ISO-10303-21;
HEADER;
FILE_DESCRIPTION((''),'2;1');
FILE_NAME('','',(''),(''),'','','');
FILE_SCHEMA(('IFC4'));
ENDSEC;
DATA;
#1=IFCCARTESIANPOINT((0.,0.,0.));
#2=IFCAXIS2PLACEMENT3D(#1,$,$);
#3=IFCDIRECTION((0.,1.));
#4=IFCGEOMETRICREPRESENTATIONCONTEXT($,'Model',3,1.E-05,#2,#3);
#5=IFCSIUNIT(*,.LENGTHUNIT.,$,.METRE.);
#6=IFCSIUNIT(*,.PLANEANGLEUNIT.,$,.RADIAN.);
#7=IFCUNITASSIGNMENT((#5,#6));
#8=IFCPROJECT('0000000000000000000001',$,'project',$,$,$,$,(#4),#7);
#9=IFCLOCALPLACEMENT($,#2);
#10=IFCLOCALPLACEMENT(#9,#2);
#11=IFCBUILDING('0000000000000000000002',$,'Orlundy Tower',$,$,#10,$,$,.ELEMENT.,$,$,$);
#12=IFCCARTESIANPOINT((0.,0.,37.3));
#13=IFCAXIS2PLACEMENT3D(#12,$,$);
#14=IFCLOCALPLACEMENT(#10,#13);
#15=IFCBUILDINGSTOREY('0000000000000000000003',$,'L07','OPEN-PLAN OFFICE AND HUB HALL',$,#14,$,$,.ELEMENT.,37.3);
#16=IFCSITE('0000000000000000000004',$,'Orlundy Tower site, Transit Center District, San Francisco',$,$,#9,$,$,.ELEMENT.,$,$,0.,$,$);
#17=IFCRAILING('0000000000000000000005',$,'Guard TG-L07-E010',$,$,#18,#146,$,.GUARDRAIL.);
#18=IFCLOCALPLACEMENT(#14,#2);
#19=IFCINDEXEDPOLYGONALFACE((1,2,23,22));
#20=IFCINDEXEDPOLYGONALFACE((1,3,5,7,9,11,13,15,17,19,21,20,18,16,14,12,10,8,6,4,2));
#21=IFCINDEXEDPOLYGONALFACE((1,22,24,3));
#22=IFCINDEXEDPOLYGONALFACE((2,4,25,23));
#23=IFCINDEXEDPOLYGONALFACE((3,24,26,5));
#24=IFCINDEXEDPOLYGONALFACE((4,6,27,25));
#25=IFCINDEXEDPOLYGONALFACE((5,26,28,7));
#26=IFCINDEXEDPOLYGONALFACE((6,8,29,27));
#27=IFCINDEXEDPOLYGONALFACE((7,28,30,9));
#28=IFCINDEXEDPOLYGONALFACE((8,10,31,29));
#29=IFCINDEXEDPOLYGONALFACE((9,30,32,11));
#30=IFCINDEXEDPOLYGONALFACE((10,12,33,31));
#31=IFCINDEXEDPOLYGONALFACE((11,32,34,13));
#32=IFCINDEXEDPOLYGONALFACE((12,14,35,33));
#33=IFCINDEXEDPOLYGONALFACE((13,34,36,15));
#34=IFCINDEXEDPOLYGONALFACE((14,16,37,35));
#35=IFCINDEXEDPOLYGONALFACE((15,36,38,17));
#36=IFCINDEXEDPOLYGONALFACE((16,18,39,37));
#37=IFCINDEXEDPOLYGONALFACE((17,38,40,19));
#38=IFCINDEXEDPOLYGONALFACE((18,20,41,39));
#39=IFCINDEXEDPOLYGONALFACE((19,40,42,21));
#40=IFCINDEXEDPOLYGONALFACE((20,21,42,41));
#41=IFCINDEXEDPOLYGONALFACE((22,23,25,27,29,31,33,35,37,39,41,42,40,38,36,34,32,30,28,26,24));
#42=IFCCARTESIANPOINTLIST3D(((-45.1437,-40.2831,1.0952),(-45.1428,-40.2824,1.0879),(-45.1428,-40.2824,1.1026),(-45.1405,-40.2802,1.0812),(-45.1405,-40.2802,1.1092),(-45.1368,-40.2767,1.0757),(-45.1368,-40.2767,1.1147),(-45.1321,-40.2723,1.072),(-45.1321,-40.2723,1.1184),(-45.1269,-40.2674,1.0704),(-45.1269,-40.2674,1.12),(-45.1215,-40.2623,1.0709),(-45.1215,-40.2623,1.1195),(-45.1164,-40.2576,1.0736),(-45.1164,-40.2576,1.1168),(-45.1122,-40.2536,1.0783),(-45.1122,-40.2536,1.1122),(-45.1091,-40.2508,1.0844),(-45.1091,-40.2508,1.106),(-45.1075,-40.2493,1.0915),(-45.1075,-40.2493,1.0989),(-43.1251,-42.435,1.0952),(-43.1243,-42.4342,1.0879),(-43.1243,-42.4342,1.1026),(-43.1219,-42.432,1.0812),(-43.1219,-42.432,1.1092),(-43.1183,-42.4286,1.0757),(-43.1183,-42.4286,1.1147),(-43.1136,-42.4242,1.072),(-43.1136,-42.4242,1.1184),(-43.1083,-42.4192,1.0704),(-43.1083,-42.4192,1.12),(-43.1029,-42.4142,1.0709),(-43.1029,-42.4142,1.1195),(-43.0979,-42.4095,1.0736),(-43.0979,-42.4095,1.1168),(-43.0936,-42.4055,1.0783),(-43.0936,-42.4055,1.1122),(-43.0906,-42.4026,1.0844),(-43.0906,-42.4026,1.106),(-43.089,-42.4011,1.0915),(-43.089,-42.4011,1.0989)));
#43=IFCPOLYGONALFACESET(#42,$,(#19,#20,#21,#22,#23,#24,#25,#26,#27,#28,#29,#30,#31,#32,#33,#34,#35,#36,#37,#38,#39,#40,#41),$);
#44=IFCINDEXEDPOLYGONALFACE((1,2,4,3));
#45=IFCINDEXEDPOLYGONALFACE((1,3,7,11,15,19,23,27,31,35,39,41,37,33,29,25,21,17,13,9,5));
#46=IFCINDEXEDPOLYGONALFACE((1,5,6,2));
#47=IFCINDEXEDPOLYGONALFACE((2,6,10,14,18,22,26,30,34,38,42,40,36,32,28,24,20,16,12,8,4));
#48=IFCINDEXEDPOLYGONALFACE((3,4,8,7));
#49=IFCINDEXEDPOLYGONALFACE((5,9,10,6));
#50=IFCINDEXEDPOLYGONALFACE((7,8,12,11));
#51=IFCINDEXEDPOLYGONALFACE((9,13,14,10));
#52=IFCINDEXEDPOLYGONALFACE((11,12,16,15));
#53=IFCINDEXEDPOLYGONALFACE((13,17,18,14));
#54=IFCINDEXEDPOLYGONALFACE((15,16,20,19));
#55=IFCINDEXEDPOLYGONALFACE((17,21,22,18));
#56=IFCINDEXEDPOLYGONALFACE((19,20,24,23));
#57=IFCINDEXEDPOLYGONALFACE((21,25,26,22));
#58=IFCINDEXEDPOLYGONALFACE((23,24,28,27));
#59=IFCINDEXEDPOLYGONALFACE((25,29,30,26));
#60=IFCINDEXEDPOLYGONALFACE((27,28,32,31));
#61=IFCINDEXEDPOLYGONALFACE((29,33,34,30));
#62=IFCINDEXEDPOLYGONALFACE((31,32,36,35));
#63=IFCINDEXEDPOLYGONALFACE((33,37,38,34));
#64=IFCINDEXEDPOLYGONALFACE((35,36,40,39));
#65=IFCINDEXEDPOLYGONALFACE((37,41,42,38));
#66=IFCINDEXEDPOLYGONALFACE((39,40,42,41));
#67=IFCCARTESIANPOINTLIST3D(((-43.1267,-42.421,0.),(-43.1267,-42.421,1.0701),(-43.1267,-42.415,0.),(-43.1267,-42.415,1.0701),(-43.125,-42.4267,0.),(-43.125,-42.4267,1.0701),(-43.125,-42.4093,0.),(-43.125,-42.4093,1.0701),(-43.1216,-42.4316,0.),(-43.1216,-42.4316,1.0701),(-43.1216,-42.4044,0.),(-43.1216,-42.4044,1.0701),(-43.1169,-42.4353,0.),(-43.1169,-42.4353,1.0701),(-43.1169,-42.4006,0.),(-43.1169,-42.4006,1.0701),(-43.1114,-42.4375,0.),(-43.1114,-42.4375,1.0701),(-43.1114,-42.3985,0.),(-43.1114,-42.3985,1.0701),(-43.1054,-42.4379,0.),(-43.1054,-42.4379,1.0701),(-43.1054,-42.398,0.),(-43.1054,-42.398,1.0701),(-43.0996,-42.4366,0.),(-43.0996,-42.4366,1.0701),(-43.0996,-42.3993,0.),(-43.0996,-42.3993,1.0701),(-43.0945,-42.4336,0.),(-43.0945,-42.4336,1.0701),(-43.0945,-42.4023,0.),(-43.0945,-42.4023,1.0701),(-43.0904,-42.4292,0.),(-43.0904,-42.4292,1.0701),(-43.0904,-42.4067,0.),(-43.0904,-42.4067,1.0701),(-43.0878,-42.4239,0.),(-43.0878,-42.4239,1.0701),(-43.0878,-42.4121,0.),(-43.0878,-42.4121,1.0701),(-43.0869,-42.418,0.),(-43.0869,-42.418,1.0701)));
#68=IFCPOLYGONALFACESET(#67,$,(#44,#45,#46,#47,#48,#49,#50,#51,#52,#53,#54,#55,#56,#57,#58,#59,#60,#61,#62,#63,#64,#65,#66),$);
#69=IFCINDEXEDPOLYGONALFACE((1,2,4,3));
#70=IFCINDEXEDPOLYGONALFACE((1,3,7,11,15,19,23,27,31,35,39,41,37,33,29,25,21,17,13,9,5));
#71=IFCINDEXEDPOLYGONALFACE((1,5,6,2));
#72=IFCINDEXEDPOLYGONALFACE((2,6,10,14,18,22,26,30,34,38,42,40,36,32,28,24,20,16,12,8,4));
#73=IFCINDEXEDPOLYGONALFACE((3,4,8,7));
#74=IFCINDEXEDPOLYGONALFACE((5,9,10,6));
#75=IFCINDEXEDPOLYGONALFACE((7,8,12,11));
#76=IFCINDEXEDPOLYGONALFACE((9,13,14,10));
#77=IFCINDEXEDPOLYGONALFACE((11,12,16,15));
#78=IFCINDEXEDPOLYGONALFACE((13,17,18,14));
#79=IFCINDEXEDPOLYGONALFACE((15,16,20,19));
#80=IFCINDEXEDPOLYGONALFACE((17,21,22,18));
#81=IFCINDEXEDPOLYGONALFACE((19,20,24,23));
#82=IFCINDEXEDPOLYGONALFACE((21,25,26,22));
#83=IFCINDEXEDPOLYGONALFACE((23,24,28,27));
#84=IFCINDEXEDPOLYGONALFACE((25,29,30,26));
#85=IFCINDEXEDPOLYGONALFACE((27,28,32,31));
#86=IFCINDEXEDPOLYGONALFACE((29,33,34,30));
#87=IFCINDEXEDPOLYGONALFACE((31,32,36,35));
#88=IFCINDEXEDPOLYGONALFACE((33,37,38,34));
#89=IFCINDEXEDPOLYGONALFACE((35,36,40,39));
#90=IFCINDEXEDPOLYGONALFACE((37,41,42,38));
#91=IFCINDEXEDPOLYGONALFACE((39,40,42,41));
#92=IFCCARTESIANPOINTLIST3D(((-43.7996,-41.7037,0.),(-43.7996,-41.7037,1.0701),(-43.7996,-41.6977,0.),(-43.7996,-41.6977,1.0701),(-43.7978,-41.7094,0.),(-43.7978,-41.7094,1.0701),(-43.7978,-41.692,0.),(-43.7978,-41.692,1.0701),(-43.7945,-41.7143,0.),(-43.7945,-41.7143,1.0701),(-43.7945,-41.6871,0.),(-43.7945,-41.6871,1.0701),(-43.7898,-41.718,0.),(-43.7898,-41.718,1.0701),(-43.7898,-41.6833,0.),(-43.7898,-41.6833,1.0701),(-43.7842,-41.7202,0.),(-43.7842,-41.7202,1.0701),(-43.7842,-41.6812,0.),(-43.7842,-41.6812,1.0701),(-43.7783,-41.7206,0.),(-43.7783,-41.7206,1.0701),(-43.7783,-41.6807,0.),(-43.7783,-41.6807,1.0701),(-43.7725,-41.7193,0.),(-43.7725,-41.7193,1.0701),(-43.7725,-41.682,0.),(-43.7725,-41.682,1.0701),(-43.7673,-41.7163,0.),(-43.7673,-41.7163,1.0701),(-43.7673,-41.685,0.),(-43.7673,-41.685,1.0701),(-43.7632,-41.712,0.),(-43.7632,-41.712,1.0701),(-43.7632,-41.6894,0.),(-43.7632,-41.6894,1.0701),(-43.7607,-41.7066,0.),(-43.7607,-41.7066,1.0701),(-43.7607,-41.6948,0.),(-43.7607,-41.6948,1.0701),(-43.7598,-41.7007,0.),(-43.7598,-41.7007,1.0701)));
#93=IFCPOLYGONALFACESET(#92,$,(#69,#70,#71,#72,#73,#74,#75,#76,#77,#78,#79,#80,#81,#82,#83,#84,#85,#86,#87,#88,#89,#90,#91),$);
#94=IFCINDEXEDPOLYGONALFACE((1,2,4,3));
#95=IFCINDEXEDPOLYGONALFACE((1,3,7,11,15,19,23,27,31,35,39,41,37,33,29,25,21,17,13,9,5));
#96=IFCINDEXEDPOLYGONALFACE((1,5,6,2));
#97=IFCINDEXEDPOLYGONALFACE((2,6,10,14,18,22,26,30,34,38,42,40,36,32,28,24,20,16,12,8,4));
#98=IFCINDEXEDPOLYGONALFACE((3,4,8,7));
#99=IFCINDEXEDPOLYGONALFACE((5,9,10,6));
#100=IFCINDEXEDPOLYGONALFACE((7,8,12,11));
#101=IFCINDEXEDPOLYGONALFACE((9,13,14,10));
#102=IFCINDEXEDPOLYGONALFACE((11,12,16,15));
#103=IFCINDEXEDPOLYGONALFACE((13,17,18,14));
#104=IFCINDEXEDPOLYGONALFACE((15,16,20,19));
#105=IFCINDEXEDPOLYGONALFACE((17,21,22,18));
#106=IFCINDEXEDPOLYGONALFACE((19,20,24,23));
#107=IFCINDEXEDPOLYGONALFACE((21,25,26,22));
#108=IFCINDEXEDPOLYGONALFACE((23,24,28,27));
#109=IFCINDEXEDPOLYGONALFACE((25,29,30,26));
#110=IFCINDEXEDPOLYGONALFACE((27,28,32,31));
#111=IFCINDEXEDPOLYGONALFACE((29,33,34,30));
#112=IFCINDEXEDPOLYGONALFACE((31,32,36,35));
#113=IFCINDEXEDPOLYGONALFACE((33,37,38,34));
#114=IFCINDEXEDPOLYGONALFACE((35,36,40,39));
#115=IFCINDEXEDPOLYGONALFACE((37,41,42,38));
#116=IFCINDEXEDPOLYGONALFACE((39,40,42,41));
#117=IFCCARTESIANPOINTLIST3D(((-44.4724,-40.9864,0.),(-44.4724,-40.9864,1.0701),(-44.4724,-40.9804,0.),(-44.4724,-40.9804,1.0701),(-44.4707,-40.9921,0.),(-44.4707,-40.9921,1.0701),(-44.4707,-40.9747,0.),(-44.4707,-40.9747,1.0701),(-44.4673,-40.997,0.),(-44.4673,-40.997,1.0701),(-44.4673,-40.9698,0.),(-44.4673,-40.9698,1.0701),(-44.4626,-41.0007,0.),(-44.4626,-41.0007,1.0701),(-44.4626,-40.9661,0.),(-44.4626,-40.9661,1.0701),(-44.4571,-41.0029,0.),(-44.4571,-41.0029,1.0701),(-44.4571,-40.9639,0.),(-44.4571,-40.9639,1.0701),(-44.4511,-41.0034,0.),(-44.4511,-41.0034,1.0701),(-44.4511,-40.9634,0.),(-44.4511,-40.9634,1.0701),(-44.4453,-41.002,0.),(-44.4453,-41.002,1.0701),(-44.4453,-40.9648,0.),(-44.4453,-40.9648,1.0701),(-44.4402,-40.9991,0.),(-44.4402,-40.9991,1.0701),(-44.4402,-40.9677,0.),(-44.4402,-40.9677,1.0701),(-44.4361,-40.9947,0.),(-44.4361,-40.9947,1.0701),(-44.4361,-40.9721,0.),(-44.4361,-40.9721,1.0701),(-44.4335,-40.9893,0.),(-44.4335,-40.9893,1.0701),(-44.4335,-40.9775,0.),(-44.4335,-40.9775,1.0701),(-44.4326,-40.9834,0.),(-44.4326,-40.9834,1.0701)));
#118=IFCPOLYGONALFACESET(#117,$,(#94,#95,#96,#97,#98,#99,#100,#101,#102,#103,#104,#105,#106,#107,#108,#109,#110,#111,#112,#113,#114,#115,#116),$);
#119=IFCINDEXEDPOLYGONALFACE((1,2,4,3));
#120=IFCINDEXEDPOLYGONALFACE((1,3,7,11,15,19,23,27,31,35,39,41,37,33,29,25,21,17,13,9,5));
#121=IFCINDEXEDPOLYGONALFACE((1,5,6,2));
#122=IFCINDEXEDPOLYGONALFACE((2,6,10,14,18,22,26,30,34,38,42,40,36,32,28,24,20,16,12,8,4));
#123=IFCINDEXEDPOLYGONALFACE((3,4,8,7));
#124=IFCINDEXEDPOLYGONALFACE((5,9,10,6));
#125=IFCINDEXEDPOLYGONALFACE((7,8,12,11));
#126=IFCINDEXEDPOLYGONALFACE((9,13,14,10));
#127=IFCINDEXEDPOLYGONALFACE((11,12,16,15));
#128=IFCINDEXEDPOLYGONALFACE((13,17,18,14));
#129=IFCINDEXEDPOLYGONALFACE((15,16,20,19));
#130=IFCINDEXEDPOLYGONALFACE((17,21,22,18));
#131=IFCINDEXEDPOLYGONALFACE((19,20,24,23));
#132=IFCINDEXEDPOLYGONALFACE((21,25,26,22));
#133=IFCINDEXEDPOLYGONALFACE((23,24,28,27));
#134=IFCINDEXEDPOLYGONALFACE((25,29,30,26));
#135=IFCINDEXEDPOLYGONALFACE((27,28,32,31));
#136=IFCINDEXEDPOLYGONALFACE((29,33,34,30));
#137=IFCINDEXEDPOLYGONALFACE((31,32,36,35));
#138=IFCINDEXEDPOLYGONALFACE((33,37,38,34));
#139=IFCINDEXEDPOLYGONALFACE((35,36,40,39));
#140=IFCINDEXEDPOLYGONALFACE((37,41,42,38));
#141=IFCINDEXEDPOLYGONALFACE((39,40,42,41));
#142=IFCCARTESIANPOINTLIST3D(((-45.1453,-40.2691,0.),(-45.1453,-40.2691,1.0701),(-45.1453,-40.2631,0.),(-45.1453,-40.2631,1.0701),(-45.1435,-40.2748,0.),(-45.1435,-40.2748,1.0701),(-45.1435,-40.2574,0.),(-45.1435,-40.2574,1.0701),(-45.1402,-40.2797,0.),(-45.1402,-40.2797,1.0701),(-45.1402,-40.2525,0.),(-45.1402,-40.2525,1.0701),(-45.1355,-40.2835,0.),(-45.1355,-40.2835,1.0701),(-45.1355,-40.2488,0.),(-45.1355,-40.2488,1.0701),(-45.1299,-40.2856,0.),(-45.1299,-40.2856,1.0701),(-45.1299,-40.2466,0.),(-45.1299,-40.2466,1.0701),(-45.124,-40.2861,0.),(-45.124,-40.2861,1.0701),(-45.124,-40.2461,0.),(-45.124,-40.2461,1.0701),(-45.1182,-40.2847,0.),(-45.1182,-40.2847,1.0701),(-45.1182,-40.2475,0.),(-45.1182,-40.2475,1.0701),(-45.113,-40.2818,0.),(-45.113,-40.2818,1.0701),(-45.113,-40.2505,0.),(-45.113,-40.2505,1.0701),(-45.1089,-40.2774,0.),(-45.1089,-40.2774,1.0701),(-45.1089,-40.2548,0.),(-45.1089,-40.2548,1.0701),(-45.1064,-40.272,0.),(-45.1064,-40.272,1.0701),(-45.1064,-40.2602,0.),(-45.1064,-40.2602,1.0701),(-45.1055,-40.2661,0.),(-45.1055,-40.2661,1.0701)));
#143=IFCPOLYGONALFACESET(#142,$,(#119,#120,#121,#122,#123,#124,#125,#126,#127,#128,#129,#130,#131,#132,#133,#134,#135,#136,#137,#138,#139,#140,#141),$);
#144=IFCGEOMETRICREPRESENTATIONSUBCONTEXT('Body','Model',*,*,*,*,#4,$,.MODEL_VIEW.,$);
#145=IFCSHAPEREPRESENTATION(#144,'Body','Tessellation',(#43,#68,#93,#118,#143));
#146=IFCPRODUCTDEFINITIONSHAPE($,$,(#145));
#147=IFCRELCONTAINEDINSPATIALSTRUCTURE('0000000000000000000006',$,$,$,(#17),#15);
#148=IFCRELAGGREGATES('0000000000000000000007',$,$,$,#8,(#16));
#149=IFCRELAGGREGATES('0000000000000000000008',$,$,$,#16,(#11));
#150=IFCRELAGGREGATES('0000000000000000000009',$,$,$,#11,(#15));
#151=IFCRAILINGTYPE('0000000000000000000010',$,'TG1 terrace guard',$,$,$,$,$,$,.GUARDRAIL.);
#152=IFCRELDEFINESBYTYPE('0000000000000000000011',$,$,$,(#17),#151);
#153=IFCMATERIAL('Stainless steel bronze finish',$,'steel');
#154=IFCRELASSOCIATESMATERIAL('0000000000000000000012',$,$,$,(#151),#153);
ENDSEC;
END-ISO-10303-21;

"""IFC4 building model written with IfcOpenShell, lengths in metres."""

from ifc_helpers import new_model, si_unit, direction, frame, origin, origin_2d, place, context, subcontext, project, spatial, circle, extrude, material, type_object, element, save


model = new_model("IFC4")

# Units and contexts
model_context = context("Model", 3, precision=1e-05, world=origin(), true_north=direction((0.0, 1.0)))
body_context = subcontext(model_context, "Body", "Model", "MODEL_VIEW")
ifc_project = project(units=[si_unit("LENGTHUNIT", "METRE"), si_unit("PLANEANGLEUNIT", "RADIAN")], contexts=[model_context])

# Site, building, storey
site_placement = place(None, origin())
site = spatial("IfcSite", under=ifc_project, at=site_placement, Name="Orlundy Tower site, Transit Center District, San Francisco", CompositionType="ELEMENT", RefElevation=0.0)
building_placement = place(site_placement, origin())
building = spatial("IfcBuilding", under=site, at=building_placement, Name="Orlundy Tower", CompositionType="ELEMENT")
storey_placement = place(building_placement, frame((0.0, 0.0, 37.3)))
storey = spatial("IfcBuildingStorey", under=building, at=storey_placement, Name="L07", Description="OPEN-PLAN OFFICE AND HUB HALL", CompositionType="ELEMENT", Elevation=37.3)

# Railing
ifc_material_1 = material(Name="Stainless steel bronze finish", Category="steel")
railing_type = type_object("IfcRailingType", Name="TG1 terrace guard", PredefinedType="GUARDRAIL", material=ifc_material_1)
railing_1_placement = place(storey_placement, frame((-43.1069, -42.418, 0.0)))
element("IfcRailing", 1, at=railing_1_placement, inside=storey, type_object=railing_type, Name="Guard TG-L07-E010", PredefinedType="GUARDRAIL", context=body_context, shape_type="SweptSolid", body=[
    extrude(circle(Radius=0.0249, at=origin_2d()), frame((0.0, 0.0, 1.0952), z_axis=(-0.684156, 0.729336, 0.0), x_axis=(-0.729336, -0.684156, 0.0)), (0.0, 0.0, 1.0), 2.9504),
    extrude(circle(Radius=0.02, at=origin_2d()), origin(), (0.0, 0.0, 1.0), 1.0701),
    extrude(circle(Radius=0.02, at=origin_2d()), frame((-0.6729, 0.7173, 0.0)), (0.0, 0.0, 1.0), 1.0701),
    extrude(circle(Radius=0.02, at=origin_2d()), frame((-1.3457, 1.4346, 0.0)), (0.0, 0.0, 1.0), 1.0701),
    extrude(circle(Radius=0.02, at=origin_2d()), frame((-2.0186, 2.1519, 0.0)), (0.0, 0.0, 1.0), 1.0701),
])

save(model, "model.ifc")
